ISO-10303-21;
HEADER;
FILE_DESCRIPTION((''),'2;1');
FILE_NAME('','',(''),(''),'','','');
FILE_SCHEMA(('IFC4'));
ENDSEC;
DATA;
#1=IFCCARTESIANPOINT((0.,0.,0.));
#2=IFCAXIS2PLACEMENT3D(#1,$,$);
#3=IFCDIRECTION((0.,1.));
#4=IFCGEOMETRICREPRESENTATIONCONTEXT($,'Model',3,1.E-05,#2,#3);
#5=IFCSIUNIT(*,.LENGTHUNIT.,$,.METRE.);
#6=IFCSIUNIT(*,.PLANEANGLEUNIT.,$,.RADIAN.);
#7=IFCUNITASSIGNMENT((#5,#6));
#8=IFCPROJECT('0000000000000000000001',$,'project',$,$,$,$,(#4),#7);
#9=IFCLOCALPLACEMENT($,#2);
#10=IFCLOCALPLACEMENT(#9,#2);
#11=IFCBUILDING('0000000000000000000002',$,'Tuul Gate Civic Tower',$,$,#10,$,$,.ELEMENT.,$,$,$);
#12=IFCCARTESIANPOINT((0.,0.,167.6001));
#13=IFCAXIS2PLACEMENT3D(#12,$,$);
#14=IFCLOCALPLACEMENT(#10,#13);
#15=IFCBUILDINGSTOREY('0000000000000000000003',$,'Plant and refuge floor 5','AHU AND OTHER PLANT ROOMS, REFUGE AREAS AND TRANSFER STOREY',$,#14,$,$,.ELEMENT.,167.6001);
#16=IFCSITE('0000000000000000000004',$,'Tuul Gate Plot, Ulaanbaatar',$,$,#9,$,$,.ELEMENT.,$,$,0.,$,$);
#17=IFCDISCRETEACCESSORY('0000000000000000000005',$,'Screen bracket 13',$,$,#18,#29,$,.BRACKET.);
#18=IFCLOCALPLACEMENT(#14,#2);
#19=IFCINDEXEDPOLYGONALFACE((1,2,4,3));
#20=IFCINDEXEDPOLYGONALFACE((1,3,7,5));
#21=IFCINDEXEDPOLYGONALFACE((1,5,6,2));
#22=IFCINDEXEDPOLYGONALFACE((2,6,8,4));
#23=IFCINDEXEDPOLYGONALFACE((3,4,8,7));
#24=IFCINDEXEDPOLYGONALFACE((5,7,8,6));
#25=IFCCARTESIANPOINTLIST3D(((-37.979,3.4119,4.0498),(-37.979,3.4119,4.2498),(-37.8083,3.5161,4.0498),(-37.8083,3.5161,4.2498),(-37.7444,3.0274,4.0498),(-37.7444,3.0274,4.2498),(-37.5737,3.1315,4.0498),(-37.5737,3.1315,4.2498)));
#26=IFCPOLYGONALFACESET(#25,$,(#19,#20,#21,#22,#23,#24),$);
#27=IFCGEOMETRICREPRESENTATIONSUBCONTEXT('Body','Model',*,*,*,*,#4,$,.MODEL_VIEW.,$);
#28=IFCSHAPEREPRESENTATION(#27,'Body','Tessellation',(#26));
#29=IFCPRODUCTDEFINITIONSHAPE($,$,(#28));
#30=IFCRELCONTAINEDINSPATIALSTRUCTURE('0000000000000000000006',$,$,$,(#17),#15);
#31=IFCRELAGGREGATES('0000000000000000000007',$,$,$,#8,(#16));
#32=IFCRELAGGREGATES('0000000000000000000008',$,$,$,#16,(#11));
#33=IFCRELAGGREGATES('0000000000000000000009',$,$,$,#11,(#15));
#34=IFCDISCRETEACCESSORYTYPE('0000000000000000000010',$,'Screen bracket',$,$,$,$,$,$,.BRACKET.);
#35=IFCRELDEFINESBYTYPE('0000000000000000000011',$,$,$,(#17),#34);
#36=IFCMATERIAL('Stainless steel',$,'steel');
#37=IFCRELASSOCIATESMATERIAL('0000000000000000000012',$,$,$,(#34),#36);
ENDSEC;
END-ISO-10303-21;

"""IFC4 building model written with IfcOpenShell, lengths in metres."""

from ifc_helpers import new_model, si_unit, direction, frame, origin, origin_2d, place, context, subcontext, project, spatial, rectangle, extrude, material, type_object, element, save


model = new_model("IFC4")

# Units and contexts
model_context = context("Model", 3, precision=1e-05, world=origin(), true_north=direction((0.0, 1.0)))
body_context = subcontext(model_context, "Body", "Model", "MODEL_VIEW")
ifc_project = project(units=[si_unit("LENGTHUNIT", "METRE"), si_unit("PLANEANGLEUNIT", "RADIAN")], contexts=[model_context])

# Site, building, storey
site_placement = place(None, origin())
site = spatial("IfcSite", under=ifc_project, at=site_placement, Name="Tuul Gate Plot, Ulaanbaatar", CompositionType="ELEMENT", RefElevation=0.0)
building_placement = place(site_placement, origin())
building = spatial("IfcBuilding", under=site, at=building_placement, Name="Tuul Gate Civic Tower", CompositionType="ELEMENT")
storey_placement = place(building_placement, frame((0.0, 0.0, 167.6001)))
storey = spatial("IfcBuildingStorey", under=building, at=storey_placement, Name="Plant and refuge floor 5", Description="AHU AND OTHER PLANT ROOMS, REFUGE AREAS AND TRANSFER STOREY", CompositionType="ELEMENT", Elevation=167.6001)

# Discrete accessory
ifc_material_1 = material(Name="Stainless steel", Category="steel")
discrete_accessory_type_1 = type_object("IfcDiscreteAccessoryType", Name="Screen bracket", PredefinedType="BRACKET", material=ifc_material_1)
discrete_accessory_placement = place(storey_placement, frame((-37.7764, 3.2717, 4.0498), z_axis=(0.0, 0.0, 1.0), x_axis=(-0.520743, 0.853714, 0.0)))
element("IfcDiscreteAccessory", 1, at=discrete_accessory_placement, inside=storey, type_object=discrete_accessory_type_1, Name="Screen bracket 13", PredefinedType="BRACKET", context=body_context, shape_type="SweptSolid", body=[
    extrude(rectangle(XDim=0.4504, YDim=0.2, at=origin_2d()), origin(), (0.0, 0.0, 1.0), 0.2),
])

save(model, "model.ifc")
